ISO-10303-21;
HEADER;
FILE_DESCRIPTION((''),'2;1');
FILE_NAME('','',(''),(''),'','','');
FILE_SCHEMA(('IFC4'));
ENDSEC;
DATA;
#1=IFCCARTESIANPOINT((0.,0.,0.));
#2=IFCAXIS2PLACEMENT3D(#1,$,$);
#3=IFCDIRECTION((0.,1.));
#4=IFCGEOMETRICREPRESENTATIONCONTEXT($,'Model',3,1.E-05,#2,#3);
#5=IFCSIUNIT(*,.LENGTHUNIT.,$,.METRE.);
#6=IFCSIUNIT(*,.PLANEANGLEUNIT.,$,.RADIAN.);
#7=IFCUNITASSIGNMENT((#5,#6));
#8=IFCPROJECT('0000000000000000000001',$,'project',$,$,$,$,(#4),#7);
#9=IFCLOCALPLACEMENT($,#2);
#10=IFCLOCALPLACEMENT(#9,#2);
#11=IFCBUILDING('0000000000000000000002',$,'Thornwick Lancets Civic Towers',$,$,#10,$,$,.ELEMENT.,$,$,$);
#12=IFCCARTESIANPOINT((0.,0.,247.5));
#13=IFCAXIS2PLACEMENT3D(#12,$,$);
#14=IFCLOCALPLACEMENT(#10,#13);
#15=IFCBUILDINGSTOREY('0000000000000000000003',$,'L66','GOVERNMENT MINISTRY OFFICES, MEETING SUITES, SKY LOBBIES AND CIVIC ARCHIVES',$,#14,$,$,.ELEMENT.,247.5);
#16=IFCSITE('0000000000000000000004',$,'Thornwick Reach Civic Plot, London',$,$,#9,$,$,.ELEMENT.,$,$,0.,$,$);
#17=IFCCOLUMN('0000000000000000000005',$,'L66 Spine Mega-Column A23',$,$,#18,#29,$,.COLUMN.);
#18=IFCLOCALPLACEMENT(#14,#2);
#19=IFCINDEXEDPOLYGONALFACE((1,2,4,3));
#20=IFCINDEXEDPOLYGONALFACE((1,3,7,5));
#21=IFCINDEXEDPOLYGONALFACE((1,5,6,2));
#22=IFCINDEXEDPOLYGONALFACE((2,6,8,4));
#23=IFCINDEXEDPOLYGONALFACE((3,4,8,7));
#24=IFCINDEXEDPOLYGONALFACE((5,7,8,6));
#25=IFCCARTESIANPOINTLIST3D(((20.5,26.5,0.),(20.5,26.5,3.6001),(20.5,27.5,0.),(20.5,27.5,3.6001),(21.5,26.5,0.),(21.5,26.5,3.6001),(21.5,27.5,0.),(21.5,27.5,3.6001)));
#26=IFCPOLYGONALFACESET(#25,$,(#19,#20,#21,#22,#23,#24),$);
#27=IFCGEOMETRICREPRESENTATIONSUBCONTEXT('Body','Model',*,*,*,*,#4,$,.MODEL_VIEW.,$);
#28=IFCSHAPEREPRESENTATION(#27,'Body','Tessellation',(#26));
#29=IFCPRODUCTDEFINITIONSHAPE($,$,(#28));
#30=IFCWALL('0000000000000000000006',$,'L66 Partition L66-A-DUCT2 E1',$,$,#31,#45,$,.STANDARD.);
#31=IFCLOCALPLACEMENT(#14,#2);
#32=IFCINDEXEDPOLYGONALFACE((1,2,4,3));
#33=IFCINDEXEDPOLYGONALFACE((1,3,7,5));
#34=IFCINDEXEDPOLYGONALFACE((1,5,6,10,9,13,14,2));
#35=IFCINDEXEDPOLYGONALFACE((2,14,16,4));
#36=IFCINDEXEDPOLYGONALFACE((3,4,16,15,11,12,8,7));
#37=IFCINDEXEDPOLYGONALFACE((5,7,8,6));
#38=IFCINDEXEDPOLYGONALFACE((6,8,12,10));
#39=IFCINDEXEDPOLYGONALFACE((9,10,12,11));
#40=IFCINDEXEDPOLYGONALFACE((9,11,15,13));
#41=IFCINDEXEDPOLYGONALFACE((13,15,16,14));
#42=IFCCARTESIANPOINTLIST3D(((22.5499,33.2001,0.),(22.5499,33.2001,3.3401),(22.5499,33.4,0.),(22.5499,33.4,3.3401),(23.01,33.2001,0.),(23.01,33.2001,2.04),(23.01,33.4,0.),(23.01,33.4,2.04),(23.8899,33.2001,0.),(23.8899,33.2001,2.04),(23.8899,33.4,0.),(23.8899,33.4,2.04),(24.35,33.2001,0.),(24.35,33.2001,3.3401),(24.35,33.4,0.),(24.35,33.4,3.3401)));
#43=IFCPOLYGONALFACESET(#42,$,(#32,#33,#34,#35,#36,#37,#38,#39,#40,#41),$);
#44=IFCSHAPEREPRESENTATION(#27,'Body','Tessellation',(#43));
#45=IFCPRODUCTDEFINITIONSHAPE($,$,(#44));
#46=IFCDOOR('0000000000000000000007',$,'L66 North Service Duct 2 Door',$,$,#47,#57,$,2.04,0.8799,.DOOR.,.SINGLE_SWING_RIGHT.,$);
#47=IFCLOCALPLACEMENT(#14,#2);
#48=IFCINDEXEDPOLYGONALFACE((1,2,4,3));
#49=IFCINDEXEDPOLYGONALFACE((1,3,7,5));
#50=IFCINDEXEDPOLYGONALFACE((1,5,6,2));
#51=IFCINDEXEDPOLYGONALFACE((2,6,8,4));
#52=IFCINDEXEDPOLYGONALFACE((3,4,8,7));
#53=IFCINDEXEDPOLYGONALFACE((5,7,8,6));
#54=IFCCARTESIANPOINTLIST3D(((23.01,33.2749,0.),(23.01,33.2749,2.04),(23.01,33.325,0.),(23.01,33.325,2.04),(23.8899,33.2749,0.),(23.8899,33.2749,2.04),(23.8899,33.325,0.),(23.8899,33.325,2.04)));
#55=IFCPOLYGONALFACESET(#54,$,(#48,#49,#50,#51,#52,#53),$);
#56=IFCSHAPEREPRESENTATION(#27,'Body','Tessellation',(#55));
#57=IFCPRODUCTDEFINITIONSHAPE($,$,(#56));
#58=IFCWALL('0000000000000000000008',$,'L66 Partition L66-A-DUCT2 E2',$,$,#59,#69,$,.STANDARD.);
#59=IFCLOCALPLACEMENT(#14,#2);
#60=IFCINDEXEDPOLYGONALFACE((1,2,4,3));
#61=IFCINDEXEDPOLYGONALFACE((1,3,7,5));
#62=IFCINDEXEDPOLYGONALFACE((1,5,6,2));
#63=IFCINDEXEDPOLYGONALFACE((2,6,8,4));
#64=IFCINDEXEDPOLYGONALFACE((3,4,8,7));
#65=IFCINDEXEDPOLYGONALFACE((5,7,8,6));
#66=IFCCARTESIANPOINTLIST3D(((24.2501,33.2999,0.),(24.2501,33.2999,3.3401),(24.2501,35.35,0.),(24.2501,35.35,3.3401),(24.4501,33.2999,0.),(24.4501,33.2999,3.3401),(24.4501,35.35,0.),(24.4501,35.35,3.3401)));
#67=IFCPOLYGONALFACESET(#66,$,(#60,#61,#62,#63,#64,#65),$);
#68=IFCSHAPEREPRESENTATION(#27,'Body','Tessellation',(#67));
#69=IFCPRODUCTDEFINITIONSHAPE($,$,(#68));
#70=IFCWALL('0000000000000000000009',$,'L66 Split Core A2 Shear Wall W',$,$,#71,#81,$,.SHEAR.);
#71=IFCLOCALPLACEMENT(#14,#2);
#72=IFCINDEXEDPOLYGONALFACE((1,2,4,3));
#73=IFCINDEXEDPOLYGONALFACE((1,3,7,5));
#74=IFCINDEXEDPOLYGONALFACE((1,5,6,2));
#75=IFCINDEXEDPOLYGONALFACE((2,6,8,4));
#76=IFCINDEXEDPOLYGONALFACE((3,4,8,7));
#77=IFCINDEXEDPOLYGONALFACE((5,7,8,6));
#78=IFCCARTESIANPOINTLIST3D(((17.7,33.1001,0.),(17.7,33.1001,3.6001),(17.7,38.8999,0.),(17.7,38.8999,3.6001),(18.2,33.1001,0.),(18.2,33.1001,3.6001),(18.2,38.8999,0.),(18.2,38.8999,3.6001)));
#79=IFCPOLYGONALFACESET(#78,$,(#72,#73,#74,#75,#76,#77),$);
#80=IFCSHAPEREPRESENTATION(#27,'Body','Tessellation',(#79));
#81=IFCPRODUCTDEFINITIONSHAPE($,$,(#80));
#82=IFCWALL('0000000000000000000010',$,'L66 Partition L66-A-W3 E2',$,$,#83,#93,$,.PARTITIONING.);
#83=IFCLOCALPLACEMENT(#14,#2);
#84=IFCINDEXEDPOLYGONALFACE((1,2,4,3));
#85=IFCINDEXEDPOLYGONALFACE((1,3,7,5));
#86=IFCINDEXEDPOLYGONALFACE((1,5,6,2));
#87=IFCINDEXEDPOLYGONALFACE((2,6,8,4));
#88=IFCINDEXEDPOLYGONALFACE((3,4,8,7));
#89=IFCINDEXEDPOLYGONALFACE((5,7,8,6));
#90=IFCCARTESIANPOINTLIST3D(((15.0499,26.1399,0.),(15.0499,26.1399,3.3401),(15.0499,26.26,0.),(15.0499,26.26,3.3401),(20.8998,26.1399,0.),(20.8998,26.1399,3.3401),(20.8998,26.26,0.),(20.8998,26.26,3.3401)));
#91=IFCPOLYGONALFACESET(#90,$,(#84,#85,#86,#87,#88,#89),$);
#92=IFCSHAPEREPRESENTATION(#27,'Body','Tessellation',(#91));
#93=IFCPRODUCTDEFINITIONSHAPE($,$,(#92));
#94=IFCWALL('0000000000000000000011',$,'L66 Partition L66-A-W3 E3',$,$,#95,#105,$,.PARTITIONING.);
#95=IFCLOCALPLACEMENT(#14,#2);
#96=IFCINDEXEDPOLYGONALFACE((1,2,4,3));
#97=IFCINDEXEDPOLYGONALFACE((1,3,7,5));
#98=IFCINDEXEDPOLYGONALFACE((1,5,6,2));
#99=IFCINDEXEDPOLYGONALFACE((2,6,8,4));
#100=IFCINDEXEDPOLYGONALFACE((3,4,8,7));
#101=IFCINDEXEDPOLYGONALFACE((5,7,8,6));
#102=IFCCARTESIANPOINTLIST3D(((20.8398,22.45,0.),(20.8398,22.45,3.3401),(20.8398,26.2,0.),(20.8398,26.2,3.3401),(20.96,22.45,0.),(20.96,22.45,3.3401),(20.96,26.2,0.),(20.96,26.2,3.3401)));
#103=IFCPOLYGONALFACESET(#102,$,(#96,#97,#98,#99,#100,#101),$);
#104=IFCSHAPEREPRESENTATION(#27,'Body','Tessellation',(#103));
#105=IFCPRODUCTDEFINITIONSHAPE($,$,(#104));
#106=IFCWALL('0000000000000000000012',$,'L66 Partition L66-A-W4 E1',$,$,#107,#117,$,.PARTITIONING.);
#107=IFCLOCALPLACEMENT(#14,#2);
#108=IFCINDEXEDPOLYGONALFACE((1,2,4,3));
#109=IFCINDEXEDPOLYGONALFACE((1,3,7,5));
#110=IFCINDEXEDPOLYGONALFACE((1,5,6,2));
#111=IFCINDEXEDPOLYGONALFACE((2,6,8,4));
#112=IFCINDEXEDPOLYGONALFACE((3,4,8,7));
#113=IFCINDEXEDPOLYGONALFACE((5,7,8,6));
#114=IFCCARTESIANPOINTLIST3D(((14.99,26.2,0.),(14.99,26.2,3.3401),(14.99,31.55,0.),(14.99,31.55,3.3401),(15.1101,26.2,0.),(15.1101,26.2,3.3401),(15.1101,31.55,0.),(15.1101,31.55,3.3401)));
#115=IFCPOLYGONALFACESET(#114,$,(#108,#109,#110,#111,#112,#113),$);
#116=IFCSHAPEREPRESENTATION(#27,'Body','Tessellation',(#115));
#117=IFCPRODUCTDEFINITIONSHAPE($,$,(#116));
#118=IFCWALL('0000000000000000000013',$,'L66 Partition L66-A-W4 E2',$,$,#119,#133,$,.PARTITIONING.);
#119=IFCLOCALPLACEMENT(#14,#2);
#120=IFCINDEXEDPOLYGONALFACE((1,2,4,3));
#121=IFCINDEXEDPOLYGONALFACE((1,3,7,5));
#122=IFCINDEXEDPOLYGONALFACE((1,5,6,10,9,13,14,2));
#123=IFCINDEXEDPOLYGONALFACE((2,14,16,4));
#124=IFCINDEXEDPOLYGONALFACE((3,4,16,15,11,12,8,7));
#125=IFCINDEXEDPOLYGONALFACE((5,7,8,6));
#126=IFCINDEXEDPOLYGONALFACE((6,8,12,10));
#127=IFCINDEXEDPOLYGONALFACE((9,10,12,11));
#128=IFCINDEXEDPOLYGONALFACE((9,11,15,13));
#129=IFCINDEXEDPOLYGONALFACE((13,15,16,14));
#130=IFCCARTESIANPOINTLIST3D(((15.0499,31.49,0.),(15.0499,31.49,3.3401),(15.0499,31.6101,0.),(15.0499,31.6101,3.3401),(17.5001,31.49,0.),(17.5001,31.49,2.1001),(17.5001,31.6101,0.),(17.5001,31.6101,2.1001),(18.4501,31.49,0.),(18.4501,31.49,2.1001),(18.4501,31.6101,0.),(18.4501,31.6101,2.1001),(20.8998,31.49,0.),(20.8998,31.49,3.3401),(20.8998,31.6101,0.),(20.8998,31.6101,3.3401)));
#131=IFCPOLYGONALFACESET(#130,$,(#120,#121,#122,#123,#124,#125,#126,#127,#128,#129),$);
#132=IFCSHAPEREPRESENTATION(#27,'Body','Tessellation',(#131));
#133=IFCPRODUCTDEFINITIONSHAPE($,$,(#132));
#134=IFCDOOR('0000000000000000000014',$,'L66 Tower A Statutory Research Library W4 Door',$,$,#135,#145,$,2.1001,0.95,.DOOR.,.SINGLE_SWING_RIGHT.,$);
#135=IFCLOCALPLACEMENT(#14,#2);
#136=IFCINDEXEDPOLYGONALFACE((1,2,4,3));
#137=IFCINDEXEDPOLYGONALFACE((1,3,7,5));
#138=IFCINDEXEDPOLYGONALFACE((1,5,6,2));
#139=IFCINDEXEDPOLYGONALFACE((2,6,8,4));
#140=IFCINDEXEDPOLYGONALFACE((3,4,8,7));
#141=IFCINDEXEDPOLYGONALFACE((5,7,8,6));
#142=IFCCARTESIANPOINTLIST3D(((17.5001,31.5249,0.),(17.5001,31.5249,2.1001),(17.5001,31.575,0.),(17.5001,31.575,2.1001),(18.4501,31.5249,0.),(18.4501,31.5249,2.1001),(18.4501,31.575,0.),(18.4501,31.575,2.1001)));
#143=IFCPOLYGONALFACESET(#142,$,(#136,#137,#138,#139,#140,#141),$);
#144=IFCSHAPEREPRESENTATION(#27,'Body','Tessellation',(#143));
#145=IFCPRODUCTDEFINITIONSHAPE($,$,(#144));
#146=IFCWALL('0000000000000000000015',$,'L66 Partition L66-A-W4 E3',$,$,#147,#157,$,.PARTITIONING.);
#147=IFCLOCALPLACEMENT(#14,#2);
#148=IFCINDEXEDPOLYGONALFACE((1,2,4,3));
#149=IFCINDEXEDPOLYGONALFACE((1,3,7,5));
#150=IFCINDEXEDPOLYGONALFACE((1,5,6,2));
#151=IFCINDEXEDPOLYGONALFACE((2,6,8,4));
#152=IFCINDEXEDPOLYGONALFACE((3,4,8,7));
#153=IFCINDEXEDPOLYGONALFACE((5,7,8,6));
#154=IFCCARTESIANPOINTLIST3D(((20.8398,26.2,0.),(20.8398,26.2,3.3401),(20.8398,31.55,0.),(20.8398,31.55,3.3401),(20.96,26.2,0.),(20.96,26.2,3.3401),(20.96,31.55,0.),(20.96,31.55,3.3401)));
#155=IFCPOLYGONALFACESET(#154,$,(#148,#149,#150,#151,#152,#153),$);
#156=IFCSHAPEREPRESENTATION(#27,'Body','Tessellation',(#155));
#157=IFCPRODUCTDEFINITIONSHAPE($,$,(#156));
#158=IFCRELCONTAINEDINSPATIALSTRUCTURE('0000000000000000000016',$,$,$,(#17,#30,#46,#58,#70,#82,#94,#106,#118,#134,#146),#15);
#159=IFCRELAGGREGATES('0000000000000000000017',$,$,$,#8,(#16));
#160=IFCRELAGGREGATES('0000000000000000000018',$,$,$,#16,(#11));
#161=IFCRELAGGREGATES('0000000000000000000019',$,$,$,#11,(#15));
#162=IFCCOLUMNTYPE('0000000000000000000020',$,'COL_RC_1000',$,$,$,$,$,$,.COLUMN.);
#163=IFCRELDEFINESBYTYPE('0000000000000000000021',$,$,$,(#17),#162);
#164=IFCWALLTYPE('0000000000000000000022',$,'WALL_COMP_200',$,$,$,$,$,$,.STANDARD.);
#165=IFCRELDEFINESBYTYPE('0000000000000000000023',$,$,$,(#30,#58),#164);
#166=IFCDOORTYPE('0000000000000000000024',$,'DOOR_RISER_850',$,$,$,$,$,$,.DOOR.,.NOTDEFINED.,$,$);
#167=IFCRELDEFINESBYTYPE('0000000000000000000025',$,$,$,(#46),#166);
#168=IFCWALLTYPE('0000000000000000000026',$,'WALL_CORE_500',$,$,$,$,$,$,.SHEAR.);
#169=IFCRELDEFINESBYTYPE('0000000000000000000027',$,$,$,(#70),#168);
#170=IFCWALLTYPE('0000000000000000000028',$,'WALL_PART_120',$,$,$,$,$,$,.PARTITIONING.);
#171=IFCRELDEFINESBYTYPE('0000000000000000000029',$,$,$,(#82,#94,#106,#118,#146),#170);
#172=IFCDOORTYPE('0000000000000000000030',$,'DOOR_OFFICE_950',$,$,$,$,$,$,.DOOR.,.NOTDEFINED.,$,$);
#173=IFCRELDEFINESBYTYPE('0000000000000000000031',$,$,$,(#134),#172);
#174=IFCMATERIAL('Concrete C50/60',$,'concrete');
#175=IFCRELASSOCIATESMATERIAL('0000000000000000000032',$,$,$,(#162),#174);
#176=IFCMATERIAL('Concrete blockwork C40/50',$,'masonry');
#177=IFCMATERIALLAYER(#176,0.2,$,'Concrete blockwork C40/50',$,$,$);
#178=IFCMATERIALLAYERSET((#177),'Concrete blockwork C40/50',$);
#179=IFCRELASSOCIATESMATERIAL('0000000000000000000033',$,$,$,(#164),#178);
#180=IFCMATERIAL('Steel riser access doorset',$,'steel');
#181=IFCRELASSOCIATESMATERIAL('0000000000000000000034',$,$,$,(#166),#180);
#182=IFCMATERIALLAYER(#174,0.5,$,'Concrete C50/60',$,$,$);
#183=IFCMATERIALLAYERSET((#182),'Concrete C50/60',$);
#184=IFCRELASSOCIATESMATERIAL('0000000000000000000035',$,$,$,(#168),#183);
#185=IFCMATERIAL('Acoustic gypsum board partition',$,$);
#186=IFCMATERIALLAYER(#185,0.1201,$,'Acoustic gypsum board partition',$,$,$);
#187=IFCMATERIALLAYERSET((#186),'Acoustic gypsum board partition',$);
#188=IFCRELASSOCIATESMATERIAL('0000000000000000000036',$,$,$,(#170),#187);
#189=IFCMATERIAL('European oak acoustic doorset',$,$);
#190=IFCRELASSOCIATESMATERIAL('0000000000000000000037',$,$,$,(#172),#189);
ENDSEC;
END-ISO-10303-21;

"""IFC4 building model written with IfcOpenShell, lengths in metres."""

from ifc_helpers import new_model, si_unit, direction, frame, frame_2d, origin, origin_2d, place, context, subcontext, project, spatial, rectangle, extrude, material, layer, layer_set, material_profile, profile_set, type_object, element, fill, save


model = new_model("IFC4")

# Units and contexts
model_context = context("Model", 3, precision=1e-05, world=origin(), true_north=direction((0.0, 1.0)))
body_context = subcontext(model_context, "Body", "Model", "MODEL_VIEW")
ifc_project = project(units=[si_unit("LENGTHUNIT", "METRE"), si_unit("PLANEANGLEUNIT", "RADIAN")], contexts=[model_context])

# Site, building, storey
site_placement = place(None, origin())
site = spatial("IfcSite", under=ifc_project, at=site_placement, Name="Thornwick Reach Civic Plot, London", CompositionType="ELEMENT", RefElevation=0.0)
building_placement = place(site_placement, origin())
building = spatial("IfcBuilding", under=site, at=building_placement, Name="Thornwick Lancets Civic Towers", CompositionType="ELEMENT")
storey_placement = place(building_placement, frame((0.0, 0.0, 247.5)))
storey = spatial("IfcBuildingStorey", under=building, at=storey_placement, Name="L66", Description="GOVERNMENT MINISTRY OFFICES, MEETING SUITES, SKY LOBBIES AND CIVIC ARCHIVES", CompositionType="ELEMENT", Elevation=247.5)

# Column
ifc_material_1 = material(Name="Concrete C50/60", Category="concrete")
ifc_material_profile = material_profile(ifc_material_1, rectangle(XDim=1.0, YDim=1.0, at=origin_2d()), Name="RC 1000x1000")
ifc_profile_set = profile_set([ifc_material_profile], Name="Concrete C50/60")
column_type = type_object("IfcColumnType", Name="COL_RC_1000", PredefinedType="COLUMN", material=ifc_profile_set)
column_placement = place(storey_placement, frame((21.0, 27.0, 0.0), z_axis=(0.0, 0.0, 1.0), x_axis=(1.0, 0.0, 0.0)))
element("IfcColumn", 1, at=column_placement, inside=storey, type_object=column_type, Name="L66 Spine Mega-Column A23", PredefinedType="COLUMN", context=body_context, shape_type="SweptSolid", body=[
    extrude(rectangle(XDim=1.0, YDim=1.0, at=origin_2d()), origin(), (0.0, 0.0, 1.0), 3.6001),
])

# Wall, opening, door
ifc_material_2 = material(Name="Concrete blockwork C40/50", Category="masonry")
ifc_layer_1 = layer(ifc_material_2, 0.2, Name="Concrete blockwork C40/50")
ifc_layer_set_1 = layer_set([ifc_layer_1], Name="Concrete blockwork C40/50")
wall_type_1 = type_object("IfcWallType", Name="WALL_COMP_200", PredefinedType="STANDARD", material=ifc_layer_set_1)
wall_1_placement = place(storey_placement, frame((22.55, 33.3, 0.0), z_axis=(0.0, 0.0, 1.0), x_axis=(1.0, 0.0, 0.0)))
wall_1 = element("IfcWall", 2, at=wall_1_placement, inside=storey, type_object=wall_type_1, Name="L66 Partition L66-A-DUCT2 E1", PredefinedType="STANDARD", context=body_context, shape_type="SweptSolid", body=[
    extrude(rectangle(XDim=1.8, YDim=0.2, at=frame_2d((0.8999, 0.0))), origin(), (0.0, 0.0, 1.0), 3.3401),
])
opening_1_placement = place(wall_1_placement, frame((0.46, 0.0, 0.0)))
opening_1 = element("IfcOpeningElement", 3, at=opening_1_placement, cuts=wall_1, PredefinedType="OPENING", context=body_context, shape_type="SweptSolid", body=[
    extrude(rectangle(XDim=0.8799, YDim=2.04, at=frame_2d((0.4399, 1.02))), frame((0.0, 0.1099, 0.0), z_axis=(0.0, -1.0, 0.0), x_axis=(1.0, 0.0, 0.0)), (0.0, 0.0, 1.0), 0.22),
])
ifc_material_3 = material(Name="Steel riser access doorset", Category="steel")
door_type_1 = type_object("IfcDoorType", Name="DOOR_RISER_850", OperationType="NOTDEFINED", PredefinedType="DOOR", material=ifc_material_3)
door_1_placement = place(opening_1_placement, origin())
door_1 = element("IfcDoor", 4, at=door_1_placement, inside=storey, type_object=door_type_1, Name="L66 North Service Duct 2 Door", OperationType="SINGLE_SWING_RIGHT", OverallHeight=2.04, OverallWidth=0.8799, PredefinedType="DOOR", context=body_context, shape_type="SweptSolid", body=[
    extrude(rectangle(XDim=0.8799, YDim=2.04, at=frame_2d((0.4399, 1.02))), frame((0.0, 0.0249, 0.0), z_axis=(0.0, -1.0, 0.0), x_axis=(1.0, 0.0, 0.0)), (0.0, 0.0, 1.0), 0.05),
])
fill(opening_1, door_1)

# Walls
wall_2_placement = place(storey_placement, frame((24.3501, 33.3, 0.0), z_axis=(0.0, 0.0, 1.0), x_axis=(0.0, 1.0, 0.0)))
element("IfcWall", 5, at=wall_2_placement, inside=storey, type_object=wall_type_1, Name="L66 Partition L66-A-DUCT2 E2", PredefinedType="STANDARD", context=body_context, shape_type="SweptSolid", body=[
    extrude(rectangle(XDim=2.05, YDim=0.2, at=frame_2d((1.0249, 0.0))), origin(), (0.0, 0.0, 1.0), 3.3401),
])
ifc_layer_2 = layer(ifc_material_1, 0.5, Name="Concrete C50/60")
ifc_layer_set_2 = layer_set([ifc_layer_2], Name="Concrete C50/60")
wall_type_2 = type_object("IfcWallType", Name="WALL_CORE_500", PredefinedType="SHEAR", material=ifc_layer_set_2)
wall_3_placement = place(storey_placement, frame((17.95, 33.1001, 0.0), z_axis=(0.0, 0.0, 1.0), x_axis=(0.0, 1.0, 0.0)))
element("IfcWall", 6, at=wall_3_placement, inside=storey, type_object=wall_type_2, Name="L66 Split Core A2 Shear Wall W", PredefinedType="SHEAR", context=body_context, shape_type="SweptSolid", body=[
    extrude(rectangle(XDim=5.7998, YDim=0.5, at=frame_2d((2.8999, 0.0))), origin(), (0.0, 0.0, 1.0), 3.6001),
])
ifc_material_4 = material(Name="Acoustic gypsum board partition")
ifc_layer_3 = layer(ifc_material_4, 0.1201, Name="Acoustic gypsum board partition")
ifc_layer_set_3 = layer_set([ifc_layer_3], Name="Acoustic gypsum board partition")
wall_type_3 = type_object("IfcWallType", Name="WALL_PART_120", PredefinedType="PARTITIONING", material=ifc_layer_set_3)
wall_4_placement = place(storey_placement, frame((15.05, 26.2, 0.0), z_axis=(0.0, 0.0, 1.0), x_axis=(1.0, 0.0, 0.0)))
element("IfcWall", 7, at=wall_4_placement, inside=storey, type_object=wall_type_3, Name="L66 Partition L66-A-W3 E2", PredefinedType="PARTITIONING", context=body_context, shape_type="SweptSolid", body=[
    extrude(rectangle(XDim=5.8499, YDim=0.1201, at=frame_2d((2.9248, 0.0))), origin(), (0.0, 0.0, 1.0), 3.3401),
])
wall_5_placement = place(storey_placement, frame((20.8999, 26.2, 0.0), z_axis=(0.0, 0.0, 1.0), x_axis=(0.0, -1.0, 0.0)))
element("IfcWall", 8, at=wall_5_placement, inside=storey, type_object=wall_type_3, Name="L66 Partition L66-A-W3 E3", PredefinedType="PARTITIONING", context=body_context, shape_type="SweptSolid", body=[
    extrude(rectangle(XDim=3.75, YDim=0.1201, at=frame_2d((1.875, 0.0))), origin(), (0.0, 0.0, 1.0), 3.3401),
])
wall_6_placement = place(storey_placement, frame((15.05, 26.2, 0.0), z_axis=(0.0, 0.0, 1.0), x_axis=(0.0, 1.0, 0.0)))
element("IfcWall", 9, at=wall_6_placement, inside=storey, type_object=wall_type_3, Name="L66 Partition L66-A-W4 E1", PredefinedType="PARTITIONING", context=body_context, shape_type="SweptSolid", body=[
    extrude(rectangle(XDim=5.3501, YDim=0.1201, at=frame_2d((2.675, 0.0))), origin(), (0.0, 0.0, 1.0), 3.3401),
])

# Wall, opening, door
wall_7_placement = place(storey_placement, frame((15.05, 31.55, 0.0), z_axis=(0.0, 0.0, 1.0), x_axis=(1.0, 0.0, 0.0)))
wall_7 = element("IfcWall", 10, at=wall_7_placement, inside=storey, type_object=wall_type_3, Name="L66 Partition L66-A-W4 E2", PredefinedType="PARTITIONING", context=body_context, shape_type="SweptSolid", body=[
    extrude(rectangle(XDim=5.8499, YDim=0.1201, at=frame_2d((2.9248, 0.0))), origin(), (0.0, 0.0, 1.0), 3.3401),
])
opening_2_placement = place(wall_7_placement, frame((2.45, 0.0, 0.0)))
opening_2 = element("IfcOpeningElement", 11, at=opening_2_placement, cuts=wall_7, PredefinedType="OPENING", context=body_context, shape_type="SweptSolid", body=[
    extrude(rectangle(XDim=0.95, YDim=2.1001, at=frame_2d((0.4751, 1.05))), frame((0.0, 0.0701, 0.0), z_axis=(0.0, -1.0, 0.0), x_axis=(1.0, 0.0, 0.0)), (0.0, 0.0, 1.0), 0.1401),
])
ifc_material_5 = material(Name="European oak acoustic doorset")
door_type_2 = type_object("IfcDoorType", Name="DOOR_OFFICE_950", OperationType="NOTDEFINED", PredefinedType="DOOR", material=ifc_material_5)
door_2_placement = place(opening_2_placement, origin())
door_2 = element("IfcDoor", 12, at=door_2_placement, inside=storey, type_object=door_type_2, Name="L66 Tower A Statutory Research Library W4 Door", OperationType="SINGLE_SWING_RIGHT", OverallHeight=2.1001, OverallWidth=0.95, PredefinedType="DOOR", context=body_context, shape_type="SweptSolid", body=[
    extrude(rectangle(XDim=0.95, YDim=2.1001, at=frame_2d((0.4751, 1.05))), frame((0.0, 0.0249, 0.0), z_axis=(0.0, -1.0, 0.0), x_axis=(1.0, 0.0, 0.0)), (0.0, 0.0, 1.0), 0.05),
])
fill(opening_2, door_2)

# Wall
wall_8_placement = place(storey_placement, frame((20.8999, 31.55, 0.0), z_axis=(0.0, 0.0, 1.0), x_axis=(0.0, -1.0, 0.0)))
element("IfcWall", 13, at=wall_8_placement, inside=storey, type_object=wall_type_3, Name="L66 Partition L66-A-W4 E3", PredefinedType="PARTITIONING", context=body_context, shape_type="SweptSolid", body=[
    extrude(rectangle(XDim=5.3501, YDim=0.1201, at=frame_2d((2.675, 0.0))), origin(), (0.0, 0.0, 1.0), 3.3401),
])

save(model, "model.ifc")
